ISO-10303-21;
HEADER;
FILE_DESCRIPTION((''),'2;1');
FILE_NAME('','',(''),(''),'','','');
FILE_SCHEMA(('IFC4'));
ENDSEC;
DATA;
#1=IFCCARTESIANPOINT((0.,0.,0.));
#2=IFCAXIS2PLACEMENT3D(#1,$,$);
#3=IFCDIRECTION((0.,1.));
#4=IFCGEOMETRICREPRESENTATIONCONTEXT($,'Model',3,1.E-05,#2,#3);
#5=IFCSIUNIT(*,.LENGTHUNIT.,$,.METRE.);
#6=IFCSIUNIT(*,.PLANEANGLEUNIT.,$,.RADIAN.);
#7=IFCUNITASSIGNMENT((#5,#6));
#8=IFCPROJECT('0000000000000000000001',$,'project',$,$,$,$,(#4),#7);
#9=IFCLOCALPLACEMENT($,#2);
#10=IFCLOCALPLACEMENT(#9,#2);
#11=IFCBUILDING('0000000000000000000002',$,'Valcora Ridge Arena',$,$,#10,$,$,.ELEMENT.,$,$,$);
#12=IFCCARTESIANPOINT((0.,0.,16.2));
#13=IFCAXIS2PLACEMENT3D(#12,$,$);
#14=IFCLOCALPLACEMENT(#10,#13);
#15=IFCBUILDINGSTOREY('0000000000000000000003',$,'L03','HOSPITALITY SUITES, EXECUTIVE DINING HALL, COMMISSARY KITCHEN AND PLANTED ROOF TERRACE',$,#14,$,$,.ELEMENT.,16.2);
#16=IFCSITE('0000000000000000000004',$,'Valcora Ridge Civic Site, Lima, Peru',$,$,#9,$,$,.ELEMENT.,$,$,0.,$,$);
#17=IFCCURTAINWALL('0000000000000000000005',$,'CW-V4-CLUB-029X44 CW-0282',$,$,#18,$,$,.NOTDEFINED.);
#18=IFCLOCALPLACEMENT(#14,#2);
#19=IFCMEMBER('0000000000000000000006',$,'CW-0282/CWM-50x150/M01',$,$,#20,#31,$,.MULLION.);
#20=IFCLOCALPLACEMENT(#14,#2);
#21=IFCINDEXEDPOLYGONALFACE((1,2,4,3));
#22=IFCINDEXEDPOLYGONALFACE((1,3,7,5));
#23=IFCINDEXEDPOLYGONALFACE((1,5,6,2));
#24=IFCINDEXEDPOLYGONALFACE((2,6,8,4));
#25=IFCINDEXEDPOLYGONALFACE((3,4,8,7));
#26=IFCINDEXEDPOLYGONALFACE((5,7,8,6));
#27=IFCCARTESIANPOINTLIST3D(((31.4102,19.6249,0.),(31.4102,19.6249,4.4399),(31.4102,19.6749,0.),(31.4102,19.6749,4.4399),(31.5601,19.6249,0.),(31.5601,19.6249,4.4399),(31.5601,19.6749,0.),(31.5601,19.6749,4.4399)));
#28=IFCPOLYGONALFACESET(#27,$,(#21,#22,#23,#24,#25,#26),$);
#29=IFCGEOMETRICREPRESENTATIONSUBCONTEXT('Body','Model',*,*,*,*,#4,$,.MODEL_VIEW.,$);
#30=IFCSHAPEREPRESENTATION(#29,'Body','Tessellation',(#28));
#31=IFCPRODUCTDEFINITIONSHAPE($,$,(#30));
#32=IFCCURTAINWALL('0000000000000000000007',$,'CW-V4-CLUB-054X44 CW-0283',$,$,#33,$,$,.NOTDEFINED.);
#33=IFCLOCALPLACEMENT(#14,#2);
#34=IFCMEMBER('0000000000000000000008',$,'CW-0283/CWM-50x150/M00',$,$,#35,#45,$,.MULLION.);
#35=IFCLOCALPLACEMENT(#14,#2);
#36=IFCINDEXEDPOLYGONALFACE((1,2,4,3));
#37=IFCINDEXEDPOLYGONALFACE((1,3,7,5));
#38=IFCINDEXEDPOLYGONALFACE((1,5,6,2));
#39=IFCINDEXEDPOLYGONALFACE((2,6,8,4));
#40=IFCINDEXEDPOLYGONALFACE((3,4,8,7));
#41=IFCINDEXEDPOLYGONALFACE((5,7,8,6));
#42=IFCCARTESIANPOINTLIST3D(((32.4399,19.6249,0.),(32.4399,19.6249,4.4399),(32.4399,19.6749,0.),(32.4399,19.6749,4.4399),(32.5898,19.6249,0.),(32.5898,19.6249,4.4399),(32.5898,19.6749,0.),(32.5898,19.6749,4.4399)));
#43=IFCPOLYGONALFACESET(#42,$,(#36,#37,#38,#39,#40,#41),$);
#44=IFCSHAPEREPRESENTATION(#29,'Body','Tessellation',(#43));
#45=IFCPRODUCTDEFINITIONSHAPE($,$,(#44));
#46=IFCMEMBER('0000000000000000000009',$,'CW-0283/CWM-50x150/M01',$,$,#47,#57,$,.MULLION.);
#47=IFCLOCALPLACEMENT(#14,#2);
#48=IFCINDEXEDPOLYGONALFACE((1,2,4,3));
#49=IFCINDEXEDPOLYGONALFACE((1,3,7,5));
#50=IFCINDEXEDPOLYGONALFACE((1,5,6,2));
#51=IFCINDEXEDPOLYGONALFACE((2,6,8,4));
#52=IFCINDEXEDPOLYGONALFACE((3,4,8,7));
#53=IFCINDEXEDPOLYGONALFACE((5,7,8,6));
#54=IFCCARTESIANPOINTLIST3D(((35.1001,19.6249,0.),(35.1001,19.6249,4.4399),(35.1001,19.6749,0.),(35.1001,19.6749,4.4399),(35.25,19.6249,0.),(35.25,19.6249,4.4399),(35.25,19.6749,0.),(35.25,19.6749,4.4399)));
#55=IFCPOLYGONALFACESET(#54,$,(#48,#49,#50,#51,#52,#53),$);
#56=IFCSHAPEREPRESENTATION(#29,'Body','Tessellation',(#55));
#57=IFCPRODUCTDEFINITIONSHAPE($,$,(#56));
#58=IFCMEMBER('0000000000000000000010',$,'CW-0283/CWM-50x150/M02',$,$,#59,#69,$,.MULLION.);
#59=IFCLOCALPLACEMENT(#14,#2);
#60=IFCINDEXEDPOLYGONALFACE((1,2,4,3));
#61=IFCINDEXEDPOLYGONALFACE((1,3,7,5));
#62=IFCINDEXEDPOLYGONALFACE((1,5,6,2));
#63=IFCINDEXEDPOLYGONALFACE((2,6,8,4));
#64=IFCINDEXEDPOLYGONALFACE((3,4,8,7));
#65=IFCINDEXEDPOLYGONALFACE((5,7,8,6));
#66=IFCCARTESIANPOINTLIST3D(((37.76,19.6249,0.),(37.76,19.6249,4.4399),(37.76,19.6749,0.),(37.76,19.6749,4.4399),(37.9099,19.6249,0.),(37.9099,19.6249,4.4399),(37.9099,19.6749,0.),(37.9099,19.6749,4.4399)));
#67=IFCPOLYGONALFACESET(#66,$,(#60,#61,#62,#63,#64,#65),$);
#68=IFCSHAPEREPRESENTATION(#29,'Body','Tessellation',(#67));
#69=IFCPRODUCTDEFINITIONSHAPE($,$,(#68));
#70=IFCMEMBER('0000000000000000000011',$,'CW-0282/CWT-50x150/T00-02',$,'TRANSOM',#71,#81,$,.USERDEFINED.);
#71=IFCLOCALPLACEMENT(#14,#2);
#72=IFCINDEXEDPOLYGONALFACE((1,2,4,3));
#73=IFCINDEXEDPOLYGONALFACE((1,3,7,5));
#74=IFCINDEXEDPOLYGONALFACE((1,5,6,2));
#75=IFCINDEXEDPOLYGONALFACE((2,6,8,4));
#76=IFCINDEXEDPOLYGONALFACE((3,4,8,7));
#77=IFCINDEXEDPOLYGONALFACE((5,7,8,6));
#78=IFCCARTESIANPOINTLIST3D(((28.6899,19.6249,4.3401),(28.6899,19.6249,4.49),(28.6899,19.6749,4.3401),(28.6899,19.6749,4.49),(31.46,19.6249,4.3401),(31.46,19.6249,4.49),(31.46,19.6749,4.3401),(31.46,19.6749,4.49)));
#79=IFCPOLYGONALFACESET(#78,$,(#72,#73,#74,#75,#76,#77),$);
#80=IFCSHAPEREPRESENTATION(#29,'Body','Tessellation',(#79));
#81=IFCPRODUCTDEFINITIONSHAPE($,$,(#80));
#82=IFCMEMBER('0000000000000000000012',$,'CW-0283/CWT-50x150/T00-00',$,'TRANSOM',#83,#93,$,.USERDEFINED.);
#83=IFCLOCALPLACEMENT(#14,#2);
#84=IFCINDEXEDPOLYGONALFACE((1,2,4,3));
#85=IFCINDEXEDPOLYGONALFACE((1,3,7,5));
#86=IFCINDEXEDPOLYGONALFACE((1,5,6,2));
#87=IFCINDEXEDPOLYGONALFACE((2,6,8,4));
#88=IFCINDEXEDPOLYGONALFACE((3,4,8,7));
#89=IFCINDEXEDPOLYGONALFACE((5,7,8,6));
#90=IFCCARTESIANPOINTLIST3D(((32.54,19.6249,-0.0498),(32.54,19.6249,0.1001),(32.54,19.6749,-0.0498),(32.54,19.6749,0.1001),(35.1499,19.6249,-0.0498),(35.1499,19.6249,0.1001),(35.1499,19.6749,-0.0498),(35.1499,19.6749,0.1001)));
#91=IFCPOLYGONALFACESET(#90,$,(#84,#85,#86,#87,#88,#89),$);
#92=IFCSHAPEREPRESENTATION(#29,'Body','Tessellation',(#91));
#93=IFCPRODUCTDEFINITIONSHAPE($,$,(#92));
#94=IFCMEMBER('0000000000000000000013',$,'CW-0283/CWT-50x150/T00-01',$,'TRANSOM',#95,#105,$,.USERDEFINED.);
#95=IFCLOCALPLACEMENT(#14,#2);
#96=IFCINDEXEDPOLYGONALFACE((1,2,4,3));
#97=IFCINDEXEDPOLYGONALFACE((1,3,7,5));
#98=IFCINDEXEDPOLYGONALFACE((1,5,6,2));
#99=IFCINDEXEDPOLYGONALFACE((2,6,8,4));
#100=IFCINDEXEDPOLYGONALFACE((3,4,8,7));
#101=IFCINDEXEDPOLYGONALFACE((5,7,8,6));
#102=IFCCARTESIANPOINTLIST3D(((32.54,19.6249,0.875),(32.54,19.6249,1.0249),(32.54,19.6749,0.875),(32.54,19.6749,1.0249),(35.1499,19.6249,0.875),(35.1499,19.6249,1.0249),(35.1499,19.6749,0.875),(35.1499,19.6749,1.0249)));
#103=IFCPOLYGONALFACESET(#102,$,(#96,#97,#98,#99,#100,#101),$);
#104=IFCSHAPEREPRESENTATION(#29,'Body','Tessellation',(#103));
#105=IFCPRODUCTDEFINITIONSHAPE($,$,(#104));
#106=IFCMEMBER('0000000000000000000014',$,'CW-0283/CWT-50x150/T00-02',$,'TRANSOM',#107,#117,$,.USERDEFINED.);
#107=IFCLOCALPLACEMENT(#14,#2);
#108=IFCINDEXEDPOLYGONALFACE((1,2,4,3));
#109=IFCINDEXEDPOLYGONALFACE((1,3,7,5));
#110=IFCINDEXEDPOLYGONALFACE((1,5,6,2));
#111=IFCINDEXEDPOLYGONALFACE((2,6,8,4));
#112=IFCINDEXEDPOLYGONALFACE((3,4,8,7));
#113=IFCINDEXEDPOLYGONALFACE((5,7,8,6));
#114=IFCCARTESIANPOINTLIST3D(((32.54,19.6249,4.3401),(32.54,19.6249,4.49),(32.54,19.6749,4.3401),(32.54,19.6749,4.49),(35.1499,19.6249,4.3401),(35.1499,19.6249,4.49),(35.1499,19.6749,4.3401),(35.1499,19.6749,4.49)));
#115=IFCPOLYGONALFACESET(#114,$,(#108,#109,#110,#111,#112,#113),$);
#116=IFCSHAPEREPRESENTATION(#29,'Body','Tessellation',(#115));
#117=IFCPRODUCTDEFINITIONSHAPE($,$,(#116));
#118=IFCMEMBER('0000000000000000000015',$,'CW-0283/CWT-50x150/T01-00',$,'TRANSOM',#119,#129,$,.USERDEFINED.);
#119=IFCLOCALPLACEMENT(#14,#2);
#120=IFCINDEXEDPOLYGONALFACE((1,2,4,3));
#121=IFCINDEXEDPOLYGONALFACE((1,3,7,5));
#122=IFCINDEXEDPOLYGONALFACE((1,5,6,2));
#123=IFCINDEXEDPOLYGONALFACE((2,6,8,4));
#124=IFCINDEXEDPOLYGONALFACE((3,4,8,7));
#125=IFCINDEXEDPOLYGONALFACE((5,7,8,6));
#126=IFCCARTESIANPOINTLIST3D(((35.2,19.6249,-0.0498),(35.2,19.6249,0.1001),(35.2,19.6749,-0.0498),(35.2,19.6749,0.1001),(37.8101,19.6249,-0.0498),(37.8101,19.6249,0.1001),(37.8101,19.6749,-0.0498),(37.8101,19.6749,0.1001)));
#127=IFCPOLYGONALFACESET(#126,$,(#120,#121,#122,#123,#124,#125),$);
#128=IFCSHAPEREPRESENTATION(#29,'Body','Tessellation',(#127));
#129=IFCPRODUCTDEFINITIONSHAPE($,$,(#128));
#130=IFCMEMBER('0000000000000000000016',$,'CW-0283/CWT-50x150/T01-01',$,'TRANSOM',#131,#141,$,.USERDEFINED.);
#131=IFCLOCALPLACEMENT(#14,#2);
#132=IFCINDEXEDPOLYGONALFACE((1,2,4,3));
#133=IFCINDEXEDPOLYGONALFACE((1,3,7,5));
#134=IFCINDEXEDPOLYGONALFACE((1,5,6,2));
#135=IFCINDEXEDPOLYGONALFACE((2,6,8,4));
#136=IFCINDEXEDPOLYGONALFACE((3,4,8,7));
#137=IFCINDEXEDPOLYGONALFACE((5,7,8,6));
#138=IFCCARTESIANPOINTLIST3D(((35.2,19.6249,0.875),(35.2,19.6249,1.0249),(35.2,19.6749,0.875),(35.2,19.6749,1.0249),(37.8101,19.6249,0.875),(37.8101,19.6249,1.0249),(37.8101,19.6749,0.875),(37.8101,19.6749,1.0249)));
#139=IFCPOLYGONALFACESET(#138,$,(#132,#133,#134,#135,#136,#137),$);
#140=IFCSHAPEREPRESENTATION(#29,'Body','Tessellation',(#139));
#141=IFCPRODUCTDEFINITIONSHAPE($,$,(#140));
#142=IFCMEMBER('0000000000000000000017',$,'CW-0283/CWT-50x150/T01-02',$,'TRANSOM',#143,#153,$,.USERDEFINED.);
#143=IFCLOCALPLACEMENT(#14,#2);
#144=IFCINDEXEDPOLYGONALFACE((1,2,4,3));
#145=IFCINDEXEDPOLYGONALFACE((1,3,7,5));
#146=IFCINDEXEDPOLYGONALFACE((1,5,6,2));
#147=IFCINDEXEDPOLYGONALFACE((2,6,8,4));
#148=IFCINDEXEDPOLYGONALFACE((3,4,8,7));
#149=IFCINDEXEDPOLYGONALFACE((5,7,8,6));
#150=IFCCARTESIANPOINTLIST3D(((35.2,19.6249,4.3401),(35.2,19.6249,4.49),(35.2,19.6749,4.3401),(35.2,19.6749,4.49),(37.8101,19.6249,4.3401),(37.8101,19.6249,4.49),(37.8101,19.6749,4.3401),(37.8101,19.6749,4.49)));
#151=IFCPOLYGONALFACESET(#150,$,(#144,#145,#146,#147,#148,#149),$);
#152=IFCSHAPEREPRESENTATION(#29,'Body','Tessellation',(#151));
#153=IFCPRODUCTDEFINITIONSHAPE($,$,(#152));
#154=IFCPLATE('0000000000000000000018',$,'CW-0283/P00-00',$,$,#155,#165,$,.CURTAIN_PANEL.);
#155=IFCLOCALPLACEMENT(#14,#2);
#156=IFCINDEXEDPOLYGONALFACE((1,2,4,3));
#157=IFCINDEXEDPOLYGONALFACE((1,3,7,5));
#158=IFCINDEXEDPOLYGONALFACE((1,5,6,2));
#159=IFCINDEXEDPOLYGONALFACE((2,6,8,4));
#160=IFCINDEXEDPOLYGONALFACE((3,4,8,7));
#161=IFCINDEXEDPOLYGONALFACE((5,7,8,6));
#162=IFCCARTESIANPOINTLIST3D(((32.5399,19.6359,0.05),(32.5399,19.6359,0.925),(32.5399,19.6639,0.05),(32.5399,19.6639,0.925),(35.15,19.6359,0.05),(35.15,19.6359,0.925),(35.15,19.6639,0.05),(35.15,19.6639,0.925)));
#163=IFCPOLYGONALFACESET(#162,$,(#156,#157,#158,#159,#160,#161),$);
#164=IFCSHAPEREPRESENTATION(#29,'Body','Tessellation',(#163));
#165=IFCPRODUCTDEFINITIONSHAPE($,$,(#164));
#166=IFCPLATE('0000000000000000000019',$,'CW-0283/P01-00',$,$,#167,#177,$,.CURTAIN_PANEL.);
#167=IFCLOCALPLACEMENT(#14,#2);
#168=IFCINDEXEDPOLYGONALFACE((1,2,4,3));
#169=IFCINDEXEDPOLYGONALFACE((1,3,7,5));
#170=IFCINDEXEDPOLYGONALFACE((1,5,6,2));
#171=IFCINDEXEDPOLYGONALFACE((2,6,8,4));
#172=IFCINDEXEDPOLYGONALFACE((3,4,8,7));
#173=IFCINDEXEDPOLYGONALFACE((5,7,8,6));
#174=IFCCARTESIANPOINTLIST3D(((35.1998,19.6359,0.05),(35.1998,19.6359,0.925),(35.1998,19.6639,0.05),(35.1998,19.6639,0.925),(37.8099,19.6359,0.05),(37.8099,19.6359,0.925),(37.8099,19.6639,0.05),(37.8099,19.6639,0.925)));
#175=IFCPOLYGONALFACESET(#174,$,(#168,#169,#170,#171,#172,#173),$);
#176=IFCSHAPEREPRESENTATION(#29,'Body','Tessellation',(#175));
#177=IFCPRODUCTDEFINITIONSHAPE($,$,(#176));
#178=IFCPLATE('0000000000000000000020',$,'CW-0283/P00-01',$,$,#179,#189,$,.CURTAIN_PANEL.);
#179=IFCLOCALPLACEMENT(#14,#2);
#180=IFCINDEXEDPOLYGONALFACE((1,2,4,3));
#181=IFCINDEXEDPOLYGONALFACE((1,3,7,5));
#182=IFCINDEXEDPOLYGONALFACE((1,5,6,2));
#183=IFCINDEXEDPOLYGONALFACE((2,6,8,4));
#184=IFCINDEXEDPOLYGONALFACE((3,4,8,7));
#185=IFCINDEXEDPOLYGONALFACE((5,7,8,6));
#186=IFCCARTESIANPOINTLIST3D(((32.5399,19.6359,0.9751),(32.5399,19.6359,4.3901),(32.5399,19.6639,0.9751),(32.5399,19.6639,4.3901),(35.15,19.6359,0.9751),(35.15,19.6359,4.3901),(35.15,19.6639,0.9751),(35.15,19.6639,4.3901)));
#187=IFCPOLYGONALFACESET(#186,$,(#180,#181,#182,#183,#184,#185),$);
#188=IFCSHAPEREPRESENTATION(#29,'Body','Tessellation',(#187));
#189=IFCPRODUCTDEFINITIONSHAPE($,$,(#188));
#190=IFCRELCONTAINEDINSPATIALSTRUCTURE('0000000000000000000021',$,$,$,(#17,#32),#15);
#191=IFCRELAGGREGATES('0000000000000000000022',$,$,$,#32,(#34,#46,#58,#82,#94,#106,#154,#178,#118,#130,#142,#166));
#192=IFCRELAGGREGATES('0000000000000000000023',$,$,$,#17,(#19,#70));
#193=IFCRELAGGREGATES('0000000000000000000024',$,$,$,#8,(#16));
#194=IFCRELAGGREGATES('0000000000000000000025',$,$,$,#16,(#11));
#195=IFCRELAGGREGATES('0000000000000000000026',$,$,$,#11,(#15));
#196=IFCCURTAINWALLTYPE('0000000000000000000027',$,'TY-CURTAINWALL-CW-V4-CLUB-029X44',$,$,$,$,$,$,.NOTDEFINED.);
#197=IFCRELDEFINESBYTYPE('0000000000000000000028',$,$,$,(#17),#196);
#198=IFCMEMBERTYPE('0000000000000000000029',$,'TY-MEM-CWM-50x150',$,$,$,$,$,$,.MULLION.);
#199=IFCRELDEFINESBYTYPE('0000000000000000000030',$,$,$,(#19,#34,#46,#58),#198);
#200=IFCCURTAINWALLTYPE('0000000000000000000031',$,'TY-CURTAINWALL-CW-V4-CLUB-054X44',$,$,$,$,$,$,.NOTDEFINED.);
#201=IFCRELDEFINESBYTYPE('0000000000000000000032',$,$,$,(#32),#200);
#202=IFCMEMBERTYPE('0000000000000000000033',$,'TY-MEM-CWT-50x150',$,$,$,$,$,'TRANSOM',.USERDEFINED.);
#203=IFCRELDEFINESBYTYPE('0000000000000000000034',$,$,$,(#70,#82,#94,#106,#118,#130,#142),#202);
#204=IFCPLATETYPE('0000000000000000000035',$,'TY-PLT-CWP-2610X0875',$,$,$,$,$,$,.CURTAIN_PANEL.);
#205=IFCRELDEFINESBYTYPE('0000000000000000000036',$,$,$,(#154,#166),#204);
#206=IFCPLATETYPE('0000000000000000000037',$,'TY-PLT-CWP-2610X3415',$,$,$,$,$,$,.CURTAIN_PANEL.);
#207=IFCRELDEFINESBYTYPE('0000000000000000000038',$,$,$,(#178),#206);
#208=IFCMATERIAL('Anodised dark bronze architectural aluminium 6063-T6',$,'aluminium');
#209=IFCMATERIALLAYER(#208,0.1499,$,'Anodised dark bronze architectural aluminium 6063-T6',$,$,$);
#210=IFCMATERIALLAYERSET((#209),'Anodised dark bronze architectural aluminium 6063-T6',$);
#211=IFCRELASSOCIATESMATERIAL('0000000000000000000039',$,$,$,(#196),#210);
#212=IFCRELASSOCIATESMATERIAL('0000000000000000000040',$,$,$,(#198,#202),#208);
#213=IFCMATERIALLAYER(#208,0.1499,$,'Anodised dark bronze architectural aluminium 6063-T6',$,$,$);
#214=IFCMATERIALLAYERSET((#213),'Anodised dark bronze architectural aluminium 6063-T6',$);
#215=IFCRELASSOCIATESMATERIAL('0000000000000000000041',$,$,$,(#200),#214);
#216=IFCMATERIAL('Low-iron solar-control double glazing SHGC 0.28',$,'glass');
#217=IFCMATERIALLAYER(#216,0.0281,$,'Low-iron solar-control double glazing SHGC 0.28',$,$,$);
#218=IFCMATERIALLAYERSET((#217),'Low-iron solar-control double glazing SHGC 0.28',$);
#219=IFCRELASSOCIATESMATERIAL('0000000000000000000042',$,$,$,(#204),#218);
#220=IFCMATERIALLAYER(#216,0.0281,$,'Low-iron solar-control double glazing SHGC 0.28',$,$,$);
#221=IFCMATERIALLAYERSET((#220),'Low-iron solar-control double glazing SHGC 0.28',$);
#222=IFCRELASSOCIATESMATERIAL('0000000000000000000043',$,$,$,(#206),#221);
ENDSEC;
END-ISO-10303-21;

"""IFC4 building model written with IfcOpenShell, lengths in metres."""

from ifc_helpers import new_model, si_unit, direction, frame, origin, origin_2d, place, context, subcontext, project, spatial, rectangle, extrude, material, layer, layer_set, material_profile, profile_set, type_object, element, aggregate, save


model = new_model("IFC4")

# Units and contexts
model_context = context("Model", 3, precision=1e-05, world=origin(), true_north=direction((0.0, 1.0)))
body_context = subcontext(model_context, "Body", "Model", "MODEL_VIEW")
ifc_project = project(units=[si_unit("LENGTHUNIT", "METRE"), si_unit("PLANEANGLEUNIT", "RADIAN")], contexts=[model_context])

# Site, building, storey
site_placement = place(None, origin())
site = spatial("IfcSite", under=ifc_project, at=site_placement, Name="Valcora Ridge Civic Site, Lima, Peru", CompositionType="ELEMENT", RefElevation=0.0)
building_placement = place(site_placement, origin())
building = spatial("IfcBuilding", under=site, at=building_placement, Name="Valcora Ridge Arena", CompositionType="ELEMENT")
storey_placement = place(building_placement, frame((0.0, 0.0, 16.2)))
storey = spatial("IfcBuildingStorey", under=building, at=storey_placement, Name="L03", Description="HOSPITALITY SUITES, EXECUTIVE DINING HALL, COMMISSARY KITCHEN AND PLANTED ROOF TERRACE", CompositionType="ELEMENT", Elevation=16.2)

# Curtain wall, member
ifc_material_1 = material(Name="Anodised dark bronze architectural aluminium 6063-T6", Category="aluminium")
ifc_layer_1 = layer(ifc_material_1, 0.1499, Name="Anodised dark bronze architectural aluminium 6063-T6")
ifc_layer_set_1 = layer_set([ifc_layer_1], Name="Anodised dark bronze architectural aluminium 6063-T6")
curtain_wall_type_1 = type_object("IfcCurtainWallType", Name="TY-CURTAINWALL-CW-V4-CLUB-029X44", PredefinedType="NOTDEFINED", material=ifc_layer_set_1)
curtain_wall_1_placement = place(storey_placement, origin())
curtain_wall_1 = element("IfcCurtainWall", 1, at=curtain_wall_1_placement, inside=storey, type_object=curtain_wall_type_1, Name="CW-V4-CLUB-029X44 CW-0282", PredefinedType="NOTDEFINED")
ifc_material_profile_1 = material_profile(ifc_material_1, rectangle(XDim=0.05, YDim=0.1499, at=origin_2d()), Name="ALU MULLION 50x150")
ifc_profile_set_1 = profile_set([ifc_material_profile_1], Name="Anodised dark bronze architectural aluminium 6063-T6")
member_type_1 = type_object("IfcMemberType", Name="TY-MEM-CWM-50x150", PredefinedType="MULLION", material=ifc_profile_set_1)
member_1_placement = place(storey_placement, frame((31.4851, 19.6499, 0.0), z_axis=(0.0, 0.0, 1.0), x_axis=(0.0, 1.0, 0.0)))
member_1 = element("IfcMember", 2, at=member_1_placement, type_object=member_type_1, Name="CW-0282/CWM-50x150/M01", PredefinedType="MULLION", context=body_context, shape_type="SweptSolid", body=[
    extrude(rectangle(XDim=0.05, YDim=0.1499, at=origin_2d()), origin(), (0.0, 0.0, 1.0), 4.4399),
])

# Curtain wall, members
ifc_layer_2 = layer(ifc_material_1, 0.1499, Name="Anodised dark bronze architectural aluminium 6063-T6")
ifc_layer_set_2 = layer_set([ifc_layer_2], Name="Anodised dark bronze architectural aluminium 6063-T6")
curtain_wall_type_2 = type_object("IfcCurtainWallType", Name="TY-CURTAINWALL-CW-V4-CLUB-054X44", PredefinedType="NOTDEFINED", material=ifc_layer_set_2)
curtain_wall_2_placement = place(storey_placement, origin())
curtain_wall_2 = element("IfcCurtainWall", 3, at=curtain_wall_2_placement, inside=storey, type_object=curtain_wall_type_2, Name="CW-V4-CLUB-054X44 CW-0283", PredefinedType="NOTDEFINED")
member_2_placement = place(storey_placement, frame((32.5149, 19.6499, 0.0), z_axis=(0.0, 0.0, 1.0), x_axis=(0.0, 1.0, 0.0)))
member_2 = element("IfcMember", 4, at=member_2_placement, type_object=member_type_1, Name="CW-0283/CWM-50x150/M00", PredefinedType="MULLION", context=body_context, shape_type="SweptSolid", body=[
    extrude(rectangle(XDim=0.05, YDim=0.1499, at=origin_2d()), origin(), (0.0, 0.0, 1.0), 4.4399),
])
member_3_placement = place(storey_placement, frame((35.175, 19.6499, 0.0), z_axis=(0.0, 0.0, 1.0), x_axis=(0.0, 1.0, 0.0)))
member_3 = element("IfcMember", 5, at=member_3_placement, type_object=member_type_1, Name="CW-0283/CWM-50x150/M01", PredefinedType="MULLION", context=body_context, shape_type="SweptSolid", body=[
    extrude(rectangle(XDim=0.05, YDim=0.1499, at=origin_2d()), origin(), (0.0, 0.0, 1.0), 4.4399),
])
member_4_placement = place(storey_placement, frame((37.835, 19.6499, 0.0), z_axis=(0.0, 0.0, 1.0), x_axis=(0.0, 1.0, 0.0)))
member_4 = element("IfcMember", 6, at=member_4_placement, type_object=member_type_1, Name="CW-0283/CWM-50x150/M02", PredefinedType="MULLION", context=body_context, shape_type="SweptSolid", body=[
    extrude(rectangle(XDim=0.05, YDim=0.1499, at=origin_2d()), origin(), (0.0, 0.0, 1.0), 4.4399),
])

# Members
ifc_material_profile_2 = material_profile(ifc_material_1, rectangle(XDim=0.05, YDim=0.1499, at=origin_2d()), Name="ALU TRANSOM 50x150")
ifc_profile_set_2 = profile_set([ifc_material_profile_2], Name="Anodised dark bronze architectural aluminium 6063-T6")
member_type_2 = type_object("IfcMemberType", Name="TY-MEM-CWT-50x150", ElementType="TRANSOM", PredefinedType="USERDEFINED", material=ifc_profile_set_2)
member_5_placement = place(storey_placement, frame((28.6899, 19.6499, 4.415), z_axis=(1.0, 0.0, 0.0), x_axis=(0.0, 1.0, 0.0)))
member_5 = element("IfcMember", 7, at=member_5_placement, type_object=member_type_2, Name="CW-0282/CWT-50x150/T00-02", ObjectType="TRANSOM", PredefinedType="USERDEFINED", context=body_context, shape_type="SweptSolid", body=[
    extrude(rectangle(XDim=0.05, YDim=0.1499, at=origin_2d()), origin(), (0.0, 0.0, 1.0), 2.77),
])
member_6_placement = place(storey_placement, frame((32.54, 19.6499, 0.0251), z_axis=(1.0, 0.0, 0.0), x_axis=(0.0, 1.0, 0.0)))
member_6 = element("IfcMember", 8, at=member_6_placement, type_object=member_type_2, Name="CW-0283/CWT-50x150/T00-00", ObjectType="TRANSOM", PredefinedType="USERDEFINED", context=body_context, shape_type="SweptSolid", body=[
    extrude(rectangle(XDim=0.05, YDim=0.1499, at=origin_2d()), origin(), (0.0, 0.0, 1.0), 2.6099),
])
member_7_placement = place(storey_placement, frame((32.54, 19.6499, 0.95), z_axis=(1.0, 0.0, 0.0), x_axis=(0.0, 1.0, 0.0)))
member_7 = element("IfcMember", 9, at=member_7_placement, type_object=member_type_2, Name="CW-0283/CWT-50x150/T00-01", ObjectType="TRANSOM", PredefinedType="USERDEFINED", context=body_context, shape_type="SweptSolid", body=[
    extrude(rectangle(XDim=0.05, YDim=0.1499, at=origin_2d()), origin(), (0.0, 0.0, 1.0), 2.6099),
])
member_8_placement = place(storey_placement, frame((32.54, 19.6499, 4.415), z_axis=(1.0, 0.0, 0.0), x_axis=(0.0, 1.0, 0.0)))
member_8 = element("IfcMember", 10, at=member_8_placement, type_object=member_type_2, Name="CW-0283/CWT-50x150/T00-02", ObjectType="TRANSOM", PredefinedType="USERDEFINED", context=body_context, shape_type="SweptSolid", body=[
    extrude(rectangle(XDim=0.05, YDim=0.1499, at=origin_2d()), origin(), (0.0, 0.0, 1.0), 2.6099),
])
member_9_placement = place(storey_placement, frame((35.2, 19.6499, 0.0251), z_axis=(1.0, 0.0, 0.0), x_axis=(0.0, 1.0, 0.0)))
member_9 = element("IfcMember", 11, at=member_9_placement, type_object=member_type_2, Name="CW-0283/CWT-50x150/T01-00", ObjectType="TRANSOM", PredefinedType="USERDEFINED", context=body_context, shape_type="SweptSolid", body=[
    extrude(rectangle(XDim=0.05, YDim=0.1499, at=origin_2d()), origin(), (0.0, 0.0, 1.0), 2.6101),
])
member_10_placement = place(storey_placement, frame((35.2, 19.6499, 0.95), z_axis=(1.0, 0.0, 0.0), x_axis=(0.0, 1.0, 0.0)))
member_10 = element("IfcMember", 12, at=member_10_placement, type_object=member_type_2, Name="CW-0283/CWT-50x150/T01-01", ObjectType="TRANSOM", PredefinedType="USERDEFINED", context=body_context, shape_type="SweptSolid", body=[
    extrude(rectangle(XDim=0.05, YDim=0.1499, at=origin_2d()), origin(), (0.0, 0.0, 1.0), 2.6101),
])
member_11_placement = place(storey_placement, frame((35.2, 19.6499, 4.415), z_axis=(1.0, 0.0, 0.0), x_axis=(0.0, 1.0, 0.0)))
member_11 = element("IfcMember", 13, at=member_11_placement, type_object=member_type_2, Name="CW-0283/CWT-50x150/T01-02", ObjectType="TRANSOM", PredefinedType="USERDEFINED", context=body_context, shape_type="SweptSolid", body=[
    extrude(rectangle(XDim=0.05, YDim=0.1499, at=origin_2d()), origin(), (0.0, 0.0, 1.0), 2.6101),
])

# Plates
ifc_material_2 = material(Name="Low-iron solar-control double glazing SHGC 0.28", Category="glass")
ifc_layer_3 = layer(ifc_material_2, 0.0281, Name="Low-iron solar-control double glazing SHGC 0.28")
ifc_layer_set_3 = layer_set([ifc_layer_3], Name="Low-iron solar-control double glazing SHGC 0.28")
plate_type_1 = type_object("IfcPlateType", Name="TY-PLT-CWP-2610X0875", PredefinedType="CURTAIN_PANEL", material=ifc_layer_set_3)
plate_1_placement = place(storey_placement, frame((33.845, 19.6499, 0.05), z_axis=(0.0, 0.0, 1.0), x_axis=(1.0, 0.0, 0.0)))
plate_1 = element("IfcPlate", 14, at=plate_1_placement, type_object=plate_type_1, Name="CW-0283/P00-00", PredefinedType="CURTAIN_PANEL", context=body_context, shape_type="SweptSolid", body=[
    extrude(rectangle(XDim=2.6101, YDim=0.0281, at=origin_2d()), origin(), (0.0, 0.0, 1.0), 0.875),
])
plate_2_placement = place(storey_placement, frame((36.5049, 19.6499, 0.05), z_axis=(0.0, 0.0, 1.0), x_axis=(1.0, 0.0, 0.0)))
plate_2 = element("IfcPlate", 15, at=plate_2_placement, type_object=plate_type_1, Name="CW-0283/P01-00", PredefinedType="CURTAIN_PANEL", context=body_context, shape_type="SweptSolid", body=[
    extrude(rectangle(XDim=2.6101, YDim=0.0281, at=origin_2d()), origin(), (0.0, 0.0, 1.0), 0.875),
])
ifc_layer_4 = layer(ifc_material_2, 0.0281, Name="Low-iron solar-control double glazing SHGC 0.28")
ifc_layer_set_4 = layer_set([ifc_layer_4], Name="Low-iron solar-control double glazing SHGC 0.28")
plate_type_2 = type_object("IfcPlateType", Name="TY-PLT-CWP-2610X3415", PredefinedType="CURTAIN_PANEL", material=ifc_layer_set_4)
plate_3_placement = place(storey_placement, frame((33.845, 19.6499, 0.9751), z_axis=(0.0, 0.0, 1.0), x_axis=(1.0, 0.0, 0.0)))
plate_3 = element("IfcPlate", 16, at=plate_3_placement, type_object=plate_type_2, Name="CW-0283/P00-01", PredefinedType="CURTAIN_PANEL", context=body_context, shape_type="SweptSolid", body=[
    extrude(rectangle(XDim=2.6101, YDim=0.0281, at=origin_2d()), origin(), (0.0, 0.0, 1.0), 3.415),
])
aggregate(curtain_wall_2, [member_2, member_3, member_4, member_6, member_7, member_8, plate_1, plate_3, member_9, member_10, member_11, plate_2])
aggregate(curtain_wall_1, [member_1, member_5])

save(model, "model.ifc")
